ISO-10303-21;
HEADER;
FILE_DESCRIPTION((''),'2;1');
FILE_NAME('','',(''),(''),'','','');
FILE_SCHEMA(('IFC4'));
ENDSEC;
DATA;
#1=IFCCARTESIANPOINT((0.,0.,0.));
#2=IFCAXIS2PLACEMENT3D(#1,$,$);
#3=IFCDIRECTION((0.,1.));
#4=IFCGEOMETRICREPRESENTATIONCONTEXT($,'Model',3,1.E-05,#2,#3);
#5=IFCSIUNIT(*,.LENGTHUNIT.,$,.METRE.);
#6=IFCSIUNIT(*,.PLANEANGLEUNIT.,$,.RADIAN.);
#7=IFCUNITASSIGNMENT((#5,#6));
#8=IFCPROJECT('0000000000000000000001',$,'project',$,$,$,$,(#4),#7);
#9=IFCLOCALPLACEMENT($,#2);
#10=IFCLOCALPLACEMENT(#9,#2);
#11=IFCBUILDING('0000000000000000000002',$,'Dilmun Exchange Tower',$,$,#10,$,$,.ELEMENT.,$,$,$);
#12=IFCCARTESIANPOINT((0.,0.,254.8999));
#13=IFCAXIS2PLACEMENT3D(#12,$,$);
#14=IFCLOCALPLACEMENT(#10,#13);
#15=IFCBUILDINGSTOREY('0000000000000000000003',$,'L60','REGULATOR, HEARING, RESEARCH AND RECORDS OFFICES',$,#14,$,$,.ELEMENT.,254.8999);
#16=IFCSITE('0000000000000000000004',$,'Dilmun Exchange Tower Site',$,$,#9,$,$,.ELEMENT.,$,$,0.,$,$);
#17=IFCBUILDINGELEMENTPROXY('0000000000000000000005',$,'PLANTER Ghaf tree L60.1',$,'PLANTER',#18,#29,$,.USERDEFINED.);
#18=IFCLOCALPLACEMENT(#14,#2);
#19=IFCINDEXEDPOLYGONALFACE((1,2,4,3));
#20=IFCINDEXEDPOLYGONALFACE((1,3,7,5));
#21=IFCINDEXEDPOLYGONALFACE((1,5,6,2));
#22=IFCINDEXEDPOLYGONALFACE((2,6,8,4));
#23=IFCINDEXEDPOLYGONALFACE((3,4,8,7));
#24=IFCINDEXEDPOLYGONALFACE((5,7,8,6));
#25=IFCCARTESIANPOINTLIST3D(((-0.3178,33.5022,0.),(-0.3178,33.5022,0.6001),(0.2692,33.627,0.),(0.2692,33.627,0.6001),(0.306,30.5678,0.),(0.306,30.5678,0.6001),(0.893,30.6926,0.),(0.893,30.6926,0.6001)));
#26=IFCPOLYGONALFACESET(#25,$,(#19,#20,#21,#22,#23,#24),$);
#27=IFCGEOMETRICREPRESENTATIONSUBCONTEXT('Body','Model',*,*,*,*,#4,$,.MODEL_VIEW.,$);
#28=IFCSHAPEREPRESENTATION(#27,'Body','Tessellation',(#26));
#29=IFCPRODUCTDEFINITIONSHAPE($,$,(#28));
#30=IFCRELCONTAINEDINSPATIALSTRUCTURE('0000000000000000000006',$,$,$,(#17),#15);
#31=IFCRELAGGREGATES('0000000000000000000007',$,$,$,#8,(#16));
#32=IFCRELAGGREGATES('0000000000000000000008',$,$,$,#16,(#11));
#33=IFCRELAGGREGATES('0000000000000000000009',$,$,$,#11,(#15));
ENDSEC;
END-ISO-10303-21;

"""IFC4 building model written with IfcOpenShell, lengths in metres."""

from ifc_helpers import new_model, si_unit, direction, frame, origin, origin_2d, place, context, subcontext, project, spatial, rectangle, extrude, element, save


model = new_model("IFC4")

# Units and contexts
model_context = context("Model", 3, precision=1e-05, world=origin(), true_north=direction((0.0, 1.0)))
body_context = subcontext(model_context, "Body", "Model", "MODEL_VIEW")
ifc_project = project(units=[si_unit("LENGTHUNIT", "METRE"), si_unit("PLANEANGLEUNIT", "RADIAN")], contexts=[model_context])

# Site, building, storey
site_placement = place(None, origin())
site = spatial("IfcSite", under=ifc_project, at=site_placement, Name="Dilmun Exchange Tower Site", CompositionType="ELEMENT", RefElevation=0.0)
building_placement = place(site_placement, origin())
building = spatial("IfcBuilding", under=site, at=building_placement, Name="Dilmun Exchange Tower", CompositionType="ELEMENT")
storey_placement = place(building_placement, frame((0.0, 0.0, 254.8999)))
storey = spatial("IfcBuildingStorey", under=building, at=storey_placement, Name="L60", Description="REGULATOR, HEARING, RESEARCH AND RECORDS OFFICES", CompositionType="ELEMENT", Elevation=254.8999)

# Building element proxy
proxy_placement = place(storey_placement, frame((0.2876, 32.0974, 0.0), z_axis=(0.0, 0.0, 1.0), x_axis=(-0.207912, 0.978148, 0.0)))
element("IfcBuildingElementProxy", 1, at=proxy_placement, inside=storey, Name="PLANTER Ghaf tree L60.1", ObjectType="PLANTER", PredefinedType="USERDEFINED", context=body_context, shape_type="SweptSolid", body=[
    extrude(rectangle(XDim=3.0, YDim=0.6001, at=origin_2d()), origin(), (0.0, 0.0, 1.0), 0.6001),
])

save(model, "model.ifc")
